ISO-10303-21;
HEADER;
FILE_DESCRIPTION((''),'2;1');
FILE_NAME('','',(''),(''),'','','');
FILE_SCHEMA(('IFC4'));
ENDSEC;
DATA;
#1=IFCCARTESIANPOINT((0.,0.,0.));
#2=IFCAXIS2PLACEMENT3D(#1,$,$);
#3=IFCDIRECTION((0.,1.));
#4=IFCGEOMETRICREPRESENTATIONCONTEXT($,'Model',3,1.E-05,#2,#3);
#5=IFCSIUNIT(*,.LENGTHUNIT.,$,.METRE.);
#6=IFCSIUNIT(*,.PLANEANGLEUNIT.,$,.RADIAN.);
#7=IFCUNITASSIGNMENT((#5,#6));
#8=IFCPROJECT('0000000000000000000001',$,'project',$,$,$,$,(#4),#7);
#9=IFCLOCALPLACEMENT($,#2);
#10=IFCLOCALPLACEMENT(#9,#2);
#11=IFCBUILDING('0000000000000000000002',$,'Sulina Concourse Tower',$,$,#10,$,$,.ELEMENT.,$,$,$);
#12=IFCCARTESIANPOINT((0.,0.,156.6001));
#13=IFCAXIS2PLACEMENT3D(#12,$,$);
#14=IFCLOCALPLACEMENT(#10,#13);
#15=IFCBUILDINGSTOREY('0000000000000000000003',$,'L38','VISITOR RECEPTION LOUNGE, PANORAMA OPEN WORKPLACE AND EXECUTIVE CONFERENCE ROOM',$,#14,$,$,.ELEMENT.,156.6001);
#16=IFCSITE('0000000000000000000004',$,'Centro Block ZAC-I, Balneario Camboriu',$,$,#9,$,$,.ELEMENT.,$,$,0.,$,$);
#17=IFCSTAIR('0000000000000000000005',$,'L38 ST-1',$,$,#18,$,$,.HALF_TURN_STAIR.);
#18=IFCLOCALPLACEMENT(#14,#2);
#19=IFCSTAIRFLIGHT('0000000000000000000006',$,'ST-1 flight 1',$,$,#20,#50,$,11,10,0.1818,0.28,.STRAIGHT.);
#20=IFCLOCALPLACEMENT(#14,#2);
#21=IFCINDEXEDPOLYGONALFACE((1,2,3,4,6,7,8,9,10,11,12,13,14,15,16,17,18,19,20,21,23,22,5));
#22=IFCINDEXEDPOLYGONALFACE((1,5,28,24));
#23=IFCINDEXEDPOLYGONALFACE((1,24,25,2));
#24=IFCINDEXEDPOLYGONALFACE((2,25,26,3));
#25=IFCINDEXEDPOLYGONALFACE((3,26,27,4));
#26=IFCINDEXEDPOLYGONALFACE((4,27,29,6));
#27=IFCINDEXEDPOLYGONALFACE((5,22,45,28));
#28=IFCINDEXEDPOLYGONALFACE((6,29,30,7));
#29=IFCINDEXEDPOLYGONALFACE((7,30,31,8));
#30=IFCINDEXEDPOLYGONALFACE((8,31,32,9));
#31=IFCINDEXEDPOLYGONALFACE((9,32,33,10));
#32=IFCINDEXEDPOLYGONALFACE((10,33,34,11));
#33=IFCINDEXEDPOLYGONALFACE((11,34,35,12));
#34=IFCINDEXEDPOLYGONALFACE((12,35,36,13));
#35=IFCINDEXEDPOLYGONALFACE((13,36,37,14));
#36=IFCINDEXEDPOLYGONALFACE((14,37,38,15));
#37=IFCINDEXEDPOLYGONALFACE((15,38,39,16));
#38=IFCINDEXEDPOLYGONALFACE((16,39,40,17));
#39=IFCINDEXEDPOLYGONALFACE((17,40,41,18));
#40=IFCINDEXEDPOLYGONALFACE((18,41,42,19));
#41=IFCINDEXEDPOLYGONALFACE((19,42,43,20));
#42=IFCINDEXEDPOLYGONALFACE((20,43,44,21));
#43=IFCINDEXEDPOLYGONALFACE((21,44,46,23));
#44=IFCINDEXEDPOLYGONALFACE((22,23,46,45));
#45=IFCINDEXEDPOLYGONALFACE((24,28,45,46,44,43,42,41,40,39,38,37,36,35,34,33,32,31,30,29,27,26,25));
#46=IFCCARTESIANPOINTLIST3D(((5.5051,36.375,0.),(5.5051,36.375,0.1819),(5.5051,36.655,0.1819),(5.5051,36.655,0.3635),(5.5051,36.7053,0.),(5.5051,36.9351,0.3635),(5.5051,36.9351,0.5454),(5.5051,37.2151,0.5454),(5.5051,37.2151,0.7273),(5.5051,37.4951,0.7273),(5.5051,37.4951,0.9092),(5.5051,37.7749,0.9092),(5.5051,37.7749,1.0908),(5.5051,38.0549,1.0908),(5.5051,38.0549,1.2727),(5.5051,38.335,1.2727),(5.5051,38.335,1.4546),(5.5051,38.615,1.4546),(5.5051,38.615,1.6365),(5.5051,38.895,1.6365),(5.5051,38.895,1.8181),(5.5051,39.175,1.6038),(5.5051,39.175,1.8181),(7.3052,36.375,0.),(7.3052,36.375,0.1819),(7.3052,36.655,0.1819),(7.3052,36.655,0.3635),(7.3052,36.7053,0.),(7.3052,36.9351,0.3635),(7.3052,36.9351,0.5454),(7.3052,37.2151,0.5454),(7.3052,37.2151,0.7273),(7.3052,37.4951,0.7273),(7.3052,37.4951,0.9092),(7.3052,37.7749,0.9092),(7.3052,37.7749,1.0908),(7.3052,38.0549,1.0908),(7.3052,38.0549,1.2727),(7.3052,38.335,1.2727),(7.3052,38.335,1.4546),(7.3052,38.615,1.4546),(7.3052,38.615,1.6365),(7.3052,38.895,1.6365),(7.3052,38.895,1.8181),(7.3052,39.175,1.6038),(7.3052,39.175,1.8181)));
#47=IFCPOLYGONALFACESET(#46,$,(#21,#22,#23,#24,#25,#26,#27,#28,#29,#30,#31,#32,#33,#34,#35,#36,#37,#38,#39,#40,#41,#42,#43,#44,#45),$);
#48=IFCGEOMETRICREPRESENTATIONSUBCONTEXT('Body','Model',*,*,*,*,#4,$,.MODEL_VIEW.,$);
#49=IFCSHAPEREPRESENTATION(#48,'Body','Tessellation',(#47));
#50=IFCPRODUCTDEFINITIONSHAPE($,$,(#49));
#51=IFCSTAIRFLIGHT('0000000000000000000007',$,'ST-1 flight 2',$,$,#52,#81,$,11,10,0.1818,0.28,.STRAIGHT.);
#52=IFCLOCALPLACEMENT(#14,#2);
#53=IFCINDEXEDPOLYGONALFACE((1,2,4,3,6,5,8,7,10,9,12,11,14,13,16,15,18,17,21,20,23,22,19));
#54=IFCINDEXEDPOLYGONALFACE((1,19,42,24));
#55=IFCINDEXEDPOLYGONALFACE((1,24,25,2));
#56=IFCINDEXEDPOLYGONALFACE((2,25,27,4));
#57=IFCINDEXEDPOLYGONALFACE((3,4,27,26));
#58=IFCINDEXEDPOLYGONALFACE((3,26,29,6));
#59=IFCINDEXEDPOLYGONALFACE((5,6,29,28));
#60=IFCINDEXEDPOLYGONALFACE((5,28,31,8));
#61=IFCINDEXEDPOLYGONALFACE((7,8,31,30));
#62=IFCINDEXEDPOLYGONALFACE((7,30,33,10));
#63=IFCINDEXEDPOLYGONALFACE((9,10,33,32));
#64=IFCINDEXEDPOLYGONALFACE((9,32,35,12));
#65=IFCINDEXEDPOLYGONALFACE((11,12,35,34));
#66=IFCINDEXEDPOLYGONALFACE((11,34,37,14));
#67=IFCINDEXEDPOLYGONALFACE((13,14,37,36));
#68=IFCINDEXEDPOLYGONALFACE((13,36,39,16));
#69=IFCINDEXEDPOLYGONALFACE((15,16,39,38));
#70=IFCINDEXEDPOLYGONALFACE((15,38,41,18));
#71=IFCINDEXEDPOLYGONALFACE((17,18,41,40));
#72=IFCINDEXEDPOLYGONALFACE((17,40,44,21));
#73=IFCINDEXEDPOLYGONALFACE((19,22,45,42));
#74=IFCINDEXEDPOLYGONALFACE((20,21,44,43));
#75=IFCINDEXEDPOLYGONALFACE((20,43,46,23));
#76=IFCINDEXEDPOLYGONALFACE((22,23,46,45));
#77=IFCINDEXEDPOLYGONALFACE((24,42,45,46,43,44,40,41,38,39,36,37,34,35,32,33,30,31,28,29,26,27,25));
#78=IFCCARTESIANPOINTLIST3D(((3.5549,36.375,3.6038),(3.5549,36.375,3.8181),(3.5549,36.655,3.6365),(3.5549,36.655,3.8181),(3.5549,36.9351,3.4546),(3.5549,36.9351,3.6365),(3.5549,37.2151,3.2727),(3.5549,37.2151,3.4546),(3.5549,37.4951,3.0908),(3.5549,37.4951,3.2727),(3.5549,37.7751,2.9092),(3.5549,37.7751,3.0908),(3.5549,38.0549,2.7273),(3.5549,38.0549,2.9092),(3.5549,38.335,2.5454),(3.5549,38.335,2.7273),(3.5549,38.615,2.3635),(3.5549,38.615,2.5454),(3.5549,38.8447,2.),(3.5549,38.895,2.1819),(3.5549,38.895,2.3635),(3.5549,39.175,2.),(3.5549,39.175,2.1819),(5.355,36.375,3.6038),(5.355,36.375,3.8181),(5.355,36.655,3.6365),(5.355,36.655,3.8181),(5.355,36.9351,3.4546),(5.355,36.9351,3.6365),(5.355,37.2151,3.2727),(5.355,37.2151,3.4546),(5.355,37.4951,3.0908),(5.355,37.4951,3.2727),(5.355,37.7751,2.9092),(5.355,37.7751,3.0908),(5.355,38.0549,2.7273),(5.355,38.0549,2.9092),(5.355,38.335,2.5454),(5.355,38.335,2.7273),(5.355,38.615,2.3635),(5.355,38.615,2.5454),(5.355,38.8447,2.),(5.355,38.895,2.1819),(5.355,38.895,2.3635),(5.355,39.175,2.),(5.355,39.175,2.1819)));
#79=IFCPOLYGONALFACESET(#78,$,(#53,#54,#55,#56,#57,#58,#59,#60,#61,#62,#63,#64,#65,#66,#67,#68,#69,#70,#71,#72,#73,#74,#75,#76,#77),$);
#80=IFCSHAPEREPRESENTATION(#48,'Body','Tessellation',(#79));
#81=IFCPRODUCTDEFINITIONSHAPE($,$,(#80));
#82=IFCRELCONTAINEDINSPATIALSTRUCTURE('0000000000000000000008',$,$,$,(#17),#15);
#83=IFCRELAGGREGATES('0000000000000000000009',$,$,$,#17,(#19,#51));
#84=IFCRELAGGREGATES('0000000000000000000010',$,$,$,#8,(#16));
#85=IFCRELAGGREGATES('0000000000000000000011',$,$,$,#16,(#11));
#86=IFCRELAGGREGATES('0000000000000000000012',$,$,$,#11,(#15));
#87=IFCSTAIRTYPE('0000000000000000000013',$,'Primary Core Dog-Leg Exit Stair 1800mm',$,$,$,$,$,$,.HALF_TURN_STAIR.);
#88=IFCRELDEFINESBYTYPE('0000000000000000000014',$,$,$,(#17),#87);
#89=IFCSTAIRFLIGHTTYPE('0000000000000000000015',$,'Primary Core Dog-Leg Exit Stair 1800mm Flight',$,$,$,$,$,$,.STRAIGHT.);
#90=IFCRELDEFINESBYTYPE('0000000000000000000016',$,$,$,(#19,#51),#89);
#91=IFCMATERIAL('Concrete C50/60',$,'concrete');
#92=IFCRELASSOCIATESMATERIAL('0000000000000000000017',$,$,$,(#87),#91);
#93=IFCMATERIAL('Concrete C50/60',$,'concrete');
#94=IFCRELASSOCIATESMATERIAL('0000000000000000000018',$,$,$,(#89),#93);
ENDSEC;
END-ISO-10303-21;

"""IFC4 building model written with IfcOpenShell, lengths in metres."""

from ifc_helpers import new_model, si_unit, direction, frame, origin, place, context, subcontext, project, spatial, polyline, outline, extrude, material, type_object, element, aggregate, save


model = new_model("IFC4")

# Units and contexts
model_context = context("Model", 3, precision=1e-05, world=origin(), true_north=direction((0.0, 1.0)))
body_context = subcontext(model_context, "Body", "Model", "MODEL_VIEW")
ifc_project = project(units=[si_unit("LENGTHUNIT", "METRE"), si_unit("PLANEANGLEUNIT", "RADIAN")], contexts=[model_context])

# Site, building, storey
site_placement = place(None, origin())
site = spatial("IfcSite", under=ifc_project, at=site_placement, Name="Centro Block ZAC-I, Balneario Camboriu", CompositionType="ELEMENT", RefElevation=0.0)
building_placement = place(site_placement, origin())
building = spatial("IfcBuilding", under=site, at=building_placement, Name="Sulina Concourse Tower", CompositionType="ELEMENT")
storey_placement = place(building_placement, frame((0.0, 0.0, 156.6001)))
storey = spatial("IfcBuildingStorey", under=building, at=storey_placement, Name="L38", Description="VISITOR RECEPTION LOUNGE, PANORAMA OPEN WORKPLACE AND EXECUTIVE CONFERENCE ROOM", CompositionType="ELEMENT", Elevation=156.6001)

# Stair, stair flights
ifc_material_1 = material(Name="Concrete C50/60", Category="concrete")
stair_type = type_object("IfcStairType", Name="Primary Core Dog-Leg Exit Stair 1800mm", PredefinedType="HALF_TURN_STAIR", material=ifc_material_1)
stair_placement = place(storey_placement, origin())
stair = element("IfcStair", 1, at=stair_placement, inside=storey, type_object=stair_type, Name="L38 ST-1", PredefinedType="HALF_TURN_STAIR")
ifc_material_2 = material(Name="Concrete C50/60", Category="concrete")
stair_flight_type = type_object("IfcStairFlightType", Name="Primary Core Dog-Leg Exit Stair 1800mm Flight", PredefinedType="STRAIGHT", material=ifc_material_2)
stair_flight_1_placement = place(storey_placement, frame((6.405, 36.375, 0.0), z_axis=(0.0, 0.0, 1.0), x_axis=(0.0, 1.0, 0.0)))
stair_flight_1 = element("IfcStairFlight", 2, at=stair_flight_1_placement, type_object=stair_flight_type, Name="ST-1 flight 1", NumberOfRisers=11, NumberOfTreads=10, PredefinedType="STRAIGHT", RiserHeight=0.1818, TreadLength=0.28, context=body_context, shape_type="SweptSolid", body=[
    extrude(outline(polyline([(0.0, 0.0), (0.0, 0.1819), (0.28, 0.1819), (0.28, 0.3635), (0.5601, 0.3635), (0.5601, 0.5454), (0.8401, 0.5454), (0.8401, 0.7273), (1.1201, 0.7273), (1.1201, 0.9092), (1.3999, 0.9092), (1.3999, 1.0908), (1.6799, 1.0908), (1.6799, 1.2727), (1.96, 1.2727), (1.96, 1.4546), (2.24, 1.4546), (2.24, 1.6365), (2.52, 1.6365), (2.52, 1.8181), (2.8, 1.8181), (2.8, 2.0), (2.8, 1.6038), (0.3303, 0.0), (0.0, 0.0)])), frame((0.0, 0.8999, 0.0), z_axis=(0.0, -1.0, 0.0), x_axis=(1.0, 0.0, 0.0)), (0.0, 0.0, 1.0), 1.8),
])
stair_flight_2_placement = place(storey_placement, frame((4.4551, 39.175, 2.0), z_axis=(0.0, 0.0, 1.0), x_axis=(0.0, -1.0, 0.0)))
stair_flight_2 = element("IfcStairFlight", 3, at=stair_flight_2_placement, type_object=stair_flight_type, Name="ST-1 flight 2", NumberOfRisers=11, NumberOfTreads=10, PredefinedType="STRAIGHT", RiserHeight=0.1818, TreadLength=0.28, context=body_context, shape_type="SweptSolid", body=[
    extrude(outline(polyline([(0.0, 0.0), (0.0, 0.1819), (0.28, 0.1819), (0.28, 0.3635), (0.5601, 0.3635), (0.5601, 0.5454), (0.8401, 0.5454), (0.8401, 0.7273), (1.1201, 0.7273), (1.1201, 0.9092), (1.3999, 0.9092), (1.3999, 1.0908), (1.6799, 1.0908), (1.6799, 1.2727), (1.96, 1.2727), (1.96, 1.4546), (2.24, 1.4546), (2.24, 1.6365), (2.52, 1.6365), (2.52, 1.8181), (2.8, 1.8181), (2.8, 2.0), (2.8, 1.6038), (0.3303, 0.0), (0.0, 0.0)])), frame((0.0, 0.8999, 0.0), z_axis=(0.0, -1.0, 0.0), x_axis=(1.0, 0.0, 0.0)), (0.0, 0.0, 1.0), 1.8),
])
aggregate(stair, [stair_flight_1, stair_flight_2])

save(model, "model.ifc")
